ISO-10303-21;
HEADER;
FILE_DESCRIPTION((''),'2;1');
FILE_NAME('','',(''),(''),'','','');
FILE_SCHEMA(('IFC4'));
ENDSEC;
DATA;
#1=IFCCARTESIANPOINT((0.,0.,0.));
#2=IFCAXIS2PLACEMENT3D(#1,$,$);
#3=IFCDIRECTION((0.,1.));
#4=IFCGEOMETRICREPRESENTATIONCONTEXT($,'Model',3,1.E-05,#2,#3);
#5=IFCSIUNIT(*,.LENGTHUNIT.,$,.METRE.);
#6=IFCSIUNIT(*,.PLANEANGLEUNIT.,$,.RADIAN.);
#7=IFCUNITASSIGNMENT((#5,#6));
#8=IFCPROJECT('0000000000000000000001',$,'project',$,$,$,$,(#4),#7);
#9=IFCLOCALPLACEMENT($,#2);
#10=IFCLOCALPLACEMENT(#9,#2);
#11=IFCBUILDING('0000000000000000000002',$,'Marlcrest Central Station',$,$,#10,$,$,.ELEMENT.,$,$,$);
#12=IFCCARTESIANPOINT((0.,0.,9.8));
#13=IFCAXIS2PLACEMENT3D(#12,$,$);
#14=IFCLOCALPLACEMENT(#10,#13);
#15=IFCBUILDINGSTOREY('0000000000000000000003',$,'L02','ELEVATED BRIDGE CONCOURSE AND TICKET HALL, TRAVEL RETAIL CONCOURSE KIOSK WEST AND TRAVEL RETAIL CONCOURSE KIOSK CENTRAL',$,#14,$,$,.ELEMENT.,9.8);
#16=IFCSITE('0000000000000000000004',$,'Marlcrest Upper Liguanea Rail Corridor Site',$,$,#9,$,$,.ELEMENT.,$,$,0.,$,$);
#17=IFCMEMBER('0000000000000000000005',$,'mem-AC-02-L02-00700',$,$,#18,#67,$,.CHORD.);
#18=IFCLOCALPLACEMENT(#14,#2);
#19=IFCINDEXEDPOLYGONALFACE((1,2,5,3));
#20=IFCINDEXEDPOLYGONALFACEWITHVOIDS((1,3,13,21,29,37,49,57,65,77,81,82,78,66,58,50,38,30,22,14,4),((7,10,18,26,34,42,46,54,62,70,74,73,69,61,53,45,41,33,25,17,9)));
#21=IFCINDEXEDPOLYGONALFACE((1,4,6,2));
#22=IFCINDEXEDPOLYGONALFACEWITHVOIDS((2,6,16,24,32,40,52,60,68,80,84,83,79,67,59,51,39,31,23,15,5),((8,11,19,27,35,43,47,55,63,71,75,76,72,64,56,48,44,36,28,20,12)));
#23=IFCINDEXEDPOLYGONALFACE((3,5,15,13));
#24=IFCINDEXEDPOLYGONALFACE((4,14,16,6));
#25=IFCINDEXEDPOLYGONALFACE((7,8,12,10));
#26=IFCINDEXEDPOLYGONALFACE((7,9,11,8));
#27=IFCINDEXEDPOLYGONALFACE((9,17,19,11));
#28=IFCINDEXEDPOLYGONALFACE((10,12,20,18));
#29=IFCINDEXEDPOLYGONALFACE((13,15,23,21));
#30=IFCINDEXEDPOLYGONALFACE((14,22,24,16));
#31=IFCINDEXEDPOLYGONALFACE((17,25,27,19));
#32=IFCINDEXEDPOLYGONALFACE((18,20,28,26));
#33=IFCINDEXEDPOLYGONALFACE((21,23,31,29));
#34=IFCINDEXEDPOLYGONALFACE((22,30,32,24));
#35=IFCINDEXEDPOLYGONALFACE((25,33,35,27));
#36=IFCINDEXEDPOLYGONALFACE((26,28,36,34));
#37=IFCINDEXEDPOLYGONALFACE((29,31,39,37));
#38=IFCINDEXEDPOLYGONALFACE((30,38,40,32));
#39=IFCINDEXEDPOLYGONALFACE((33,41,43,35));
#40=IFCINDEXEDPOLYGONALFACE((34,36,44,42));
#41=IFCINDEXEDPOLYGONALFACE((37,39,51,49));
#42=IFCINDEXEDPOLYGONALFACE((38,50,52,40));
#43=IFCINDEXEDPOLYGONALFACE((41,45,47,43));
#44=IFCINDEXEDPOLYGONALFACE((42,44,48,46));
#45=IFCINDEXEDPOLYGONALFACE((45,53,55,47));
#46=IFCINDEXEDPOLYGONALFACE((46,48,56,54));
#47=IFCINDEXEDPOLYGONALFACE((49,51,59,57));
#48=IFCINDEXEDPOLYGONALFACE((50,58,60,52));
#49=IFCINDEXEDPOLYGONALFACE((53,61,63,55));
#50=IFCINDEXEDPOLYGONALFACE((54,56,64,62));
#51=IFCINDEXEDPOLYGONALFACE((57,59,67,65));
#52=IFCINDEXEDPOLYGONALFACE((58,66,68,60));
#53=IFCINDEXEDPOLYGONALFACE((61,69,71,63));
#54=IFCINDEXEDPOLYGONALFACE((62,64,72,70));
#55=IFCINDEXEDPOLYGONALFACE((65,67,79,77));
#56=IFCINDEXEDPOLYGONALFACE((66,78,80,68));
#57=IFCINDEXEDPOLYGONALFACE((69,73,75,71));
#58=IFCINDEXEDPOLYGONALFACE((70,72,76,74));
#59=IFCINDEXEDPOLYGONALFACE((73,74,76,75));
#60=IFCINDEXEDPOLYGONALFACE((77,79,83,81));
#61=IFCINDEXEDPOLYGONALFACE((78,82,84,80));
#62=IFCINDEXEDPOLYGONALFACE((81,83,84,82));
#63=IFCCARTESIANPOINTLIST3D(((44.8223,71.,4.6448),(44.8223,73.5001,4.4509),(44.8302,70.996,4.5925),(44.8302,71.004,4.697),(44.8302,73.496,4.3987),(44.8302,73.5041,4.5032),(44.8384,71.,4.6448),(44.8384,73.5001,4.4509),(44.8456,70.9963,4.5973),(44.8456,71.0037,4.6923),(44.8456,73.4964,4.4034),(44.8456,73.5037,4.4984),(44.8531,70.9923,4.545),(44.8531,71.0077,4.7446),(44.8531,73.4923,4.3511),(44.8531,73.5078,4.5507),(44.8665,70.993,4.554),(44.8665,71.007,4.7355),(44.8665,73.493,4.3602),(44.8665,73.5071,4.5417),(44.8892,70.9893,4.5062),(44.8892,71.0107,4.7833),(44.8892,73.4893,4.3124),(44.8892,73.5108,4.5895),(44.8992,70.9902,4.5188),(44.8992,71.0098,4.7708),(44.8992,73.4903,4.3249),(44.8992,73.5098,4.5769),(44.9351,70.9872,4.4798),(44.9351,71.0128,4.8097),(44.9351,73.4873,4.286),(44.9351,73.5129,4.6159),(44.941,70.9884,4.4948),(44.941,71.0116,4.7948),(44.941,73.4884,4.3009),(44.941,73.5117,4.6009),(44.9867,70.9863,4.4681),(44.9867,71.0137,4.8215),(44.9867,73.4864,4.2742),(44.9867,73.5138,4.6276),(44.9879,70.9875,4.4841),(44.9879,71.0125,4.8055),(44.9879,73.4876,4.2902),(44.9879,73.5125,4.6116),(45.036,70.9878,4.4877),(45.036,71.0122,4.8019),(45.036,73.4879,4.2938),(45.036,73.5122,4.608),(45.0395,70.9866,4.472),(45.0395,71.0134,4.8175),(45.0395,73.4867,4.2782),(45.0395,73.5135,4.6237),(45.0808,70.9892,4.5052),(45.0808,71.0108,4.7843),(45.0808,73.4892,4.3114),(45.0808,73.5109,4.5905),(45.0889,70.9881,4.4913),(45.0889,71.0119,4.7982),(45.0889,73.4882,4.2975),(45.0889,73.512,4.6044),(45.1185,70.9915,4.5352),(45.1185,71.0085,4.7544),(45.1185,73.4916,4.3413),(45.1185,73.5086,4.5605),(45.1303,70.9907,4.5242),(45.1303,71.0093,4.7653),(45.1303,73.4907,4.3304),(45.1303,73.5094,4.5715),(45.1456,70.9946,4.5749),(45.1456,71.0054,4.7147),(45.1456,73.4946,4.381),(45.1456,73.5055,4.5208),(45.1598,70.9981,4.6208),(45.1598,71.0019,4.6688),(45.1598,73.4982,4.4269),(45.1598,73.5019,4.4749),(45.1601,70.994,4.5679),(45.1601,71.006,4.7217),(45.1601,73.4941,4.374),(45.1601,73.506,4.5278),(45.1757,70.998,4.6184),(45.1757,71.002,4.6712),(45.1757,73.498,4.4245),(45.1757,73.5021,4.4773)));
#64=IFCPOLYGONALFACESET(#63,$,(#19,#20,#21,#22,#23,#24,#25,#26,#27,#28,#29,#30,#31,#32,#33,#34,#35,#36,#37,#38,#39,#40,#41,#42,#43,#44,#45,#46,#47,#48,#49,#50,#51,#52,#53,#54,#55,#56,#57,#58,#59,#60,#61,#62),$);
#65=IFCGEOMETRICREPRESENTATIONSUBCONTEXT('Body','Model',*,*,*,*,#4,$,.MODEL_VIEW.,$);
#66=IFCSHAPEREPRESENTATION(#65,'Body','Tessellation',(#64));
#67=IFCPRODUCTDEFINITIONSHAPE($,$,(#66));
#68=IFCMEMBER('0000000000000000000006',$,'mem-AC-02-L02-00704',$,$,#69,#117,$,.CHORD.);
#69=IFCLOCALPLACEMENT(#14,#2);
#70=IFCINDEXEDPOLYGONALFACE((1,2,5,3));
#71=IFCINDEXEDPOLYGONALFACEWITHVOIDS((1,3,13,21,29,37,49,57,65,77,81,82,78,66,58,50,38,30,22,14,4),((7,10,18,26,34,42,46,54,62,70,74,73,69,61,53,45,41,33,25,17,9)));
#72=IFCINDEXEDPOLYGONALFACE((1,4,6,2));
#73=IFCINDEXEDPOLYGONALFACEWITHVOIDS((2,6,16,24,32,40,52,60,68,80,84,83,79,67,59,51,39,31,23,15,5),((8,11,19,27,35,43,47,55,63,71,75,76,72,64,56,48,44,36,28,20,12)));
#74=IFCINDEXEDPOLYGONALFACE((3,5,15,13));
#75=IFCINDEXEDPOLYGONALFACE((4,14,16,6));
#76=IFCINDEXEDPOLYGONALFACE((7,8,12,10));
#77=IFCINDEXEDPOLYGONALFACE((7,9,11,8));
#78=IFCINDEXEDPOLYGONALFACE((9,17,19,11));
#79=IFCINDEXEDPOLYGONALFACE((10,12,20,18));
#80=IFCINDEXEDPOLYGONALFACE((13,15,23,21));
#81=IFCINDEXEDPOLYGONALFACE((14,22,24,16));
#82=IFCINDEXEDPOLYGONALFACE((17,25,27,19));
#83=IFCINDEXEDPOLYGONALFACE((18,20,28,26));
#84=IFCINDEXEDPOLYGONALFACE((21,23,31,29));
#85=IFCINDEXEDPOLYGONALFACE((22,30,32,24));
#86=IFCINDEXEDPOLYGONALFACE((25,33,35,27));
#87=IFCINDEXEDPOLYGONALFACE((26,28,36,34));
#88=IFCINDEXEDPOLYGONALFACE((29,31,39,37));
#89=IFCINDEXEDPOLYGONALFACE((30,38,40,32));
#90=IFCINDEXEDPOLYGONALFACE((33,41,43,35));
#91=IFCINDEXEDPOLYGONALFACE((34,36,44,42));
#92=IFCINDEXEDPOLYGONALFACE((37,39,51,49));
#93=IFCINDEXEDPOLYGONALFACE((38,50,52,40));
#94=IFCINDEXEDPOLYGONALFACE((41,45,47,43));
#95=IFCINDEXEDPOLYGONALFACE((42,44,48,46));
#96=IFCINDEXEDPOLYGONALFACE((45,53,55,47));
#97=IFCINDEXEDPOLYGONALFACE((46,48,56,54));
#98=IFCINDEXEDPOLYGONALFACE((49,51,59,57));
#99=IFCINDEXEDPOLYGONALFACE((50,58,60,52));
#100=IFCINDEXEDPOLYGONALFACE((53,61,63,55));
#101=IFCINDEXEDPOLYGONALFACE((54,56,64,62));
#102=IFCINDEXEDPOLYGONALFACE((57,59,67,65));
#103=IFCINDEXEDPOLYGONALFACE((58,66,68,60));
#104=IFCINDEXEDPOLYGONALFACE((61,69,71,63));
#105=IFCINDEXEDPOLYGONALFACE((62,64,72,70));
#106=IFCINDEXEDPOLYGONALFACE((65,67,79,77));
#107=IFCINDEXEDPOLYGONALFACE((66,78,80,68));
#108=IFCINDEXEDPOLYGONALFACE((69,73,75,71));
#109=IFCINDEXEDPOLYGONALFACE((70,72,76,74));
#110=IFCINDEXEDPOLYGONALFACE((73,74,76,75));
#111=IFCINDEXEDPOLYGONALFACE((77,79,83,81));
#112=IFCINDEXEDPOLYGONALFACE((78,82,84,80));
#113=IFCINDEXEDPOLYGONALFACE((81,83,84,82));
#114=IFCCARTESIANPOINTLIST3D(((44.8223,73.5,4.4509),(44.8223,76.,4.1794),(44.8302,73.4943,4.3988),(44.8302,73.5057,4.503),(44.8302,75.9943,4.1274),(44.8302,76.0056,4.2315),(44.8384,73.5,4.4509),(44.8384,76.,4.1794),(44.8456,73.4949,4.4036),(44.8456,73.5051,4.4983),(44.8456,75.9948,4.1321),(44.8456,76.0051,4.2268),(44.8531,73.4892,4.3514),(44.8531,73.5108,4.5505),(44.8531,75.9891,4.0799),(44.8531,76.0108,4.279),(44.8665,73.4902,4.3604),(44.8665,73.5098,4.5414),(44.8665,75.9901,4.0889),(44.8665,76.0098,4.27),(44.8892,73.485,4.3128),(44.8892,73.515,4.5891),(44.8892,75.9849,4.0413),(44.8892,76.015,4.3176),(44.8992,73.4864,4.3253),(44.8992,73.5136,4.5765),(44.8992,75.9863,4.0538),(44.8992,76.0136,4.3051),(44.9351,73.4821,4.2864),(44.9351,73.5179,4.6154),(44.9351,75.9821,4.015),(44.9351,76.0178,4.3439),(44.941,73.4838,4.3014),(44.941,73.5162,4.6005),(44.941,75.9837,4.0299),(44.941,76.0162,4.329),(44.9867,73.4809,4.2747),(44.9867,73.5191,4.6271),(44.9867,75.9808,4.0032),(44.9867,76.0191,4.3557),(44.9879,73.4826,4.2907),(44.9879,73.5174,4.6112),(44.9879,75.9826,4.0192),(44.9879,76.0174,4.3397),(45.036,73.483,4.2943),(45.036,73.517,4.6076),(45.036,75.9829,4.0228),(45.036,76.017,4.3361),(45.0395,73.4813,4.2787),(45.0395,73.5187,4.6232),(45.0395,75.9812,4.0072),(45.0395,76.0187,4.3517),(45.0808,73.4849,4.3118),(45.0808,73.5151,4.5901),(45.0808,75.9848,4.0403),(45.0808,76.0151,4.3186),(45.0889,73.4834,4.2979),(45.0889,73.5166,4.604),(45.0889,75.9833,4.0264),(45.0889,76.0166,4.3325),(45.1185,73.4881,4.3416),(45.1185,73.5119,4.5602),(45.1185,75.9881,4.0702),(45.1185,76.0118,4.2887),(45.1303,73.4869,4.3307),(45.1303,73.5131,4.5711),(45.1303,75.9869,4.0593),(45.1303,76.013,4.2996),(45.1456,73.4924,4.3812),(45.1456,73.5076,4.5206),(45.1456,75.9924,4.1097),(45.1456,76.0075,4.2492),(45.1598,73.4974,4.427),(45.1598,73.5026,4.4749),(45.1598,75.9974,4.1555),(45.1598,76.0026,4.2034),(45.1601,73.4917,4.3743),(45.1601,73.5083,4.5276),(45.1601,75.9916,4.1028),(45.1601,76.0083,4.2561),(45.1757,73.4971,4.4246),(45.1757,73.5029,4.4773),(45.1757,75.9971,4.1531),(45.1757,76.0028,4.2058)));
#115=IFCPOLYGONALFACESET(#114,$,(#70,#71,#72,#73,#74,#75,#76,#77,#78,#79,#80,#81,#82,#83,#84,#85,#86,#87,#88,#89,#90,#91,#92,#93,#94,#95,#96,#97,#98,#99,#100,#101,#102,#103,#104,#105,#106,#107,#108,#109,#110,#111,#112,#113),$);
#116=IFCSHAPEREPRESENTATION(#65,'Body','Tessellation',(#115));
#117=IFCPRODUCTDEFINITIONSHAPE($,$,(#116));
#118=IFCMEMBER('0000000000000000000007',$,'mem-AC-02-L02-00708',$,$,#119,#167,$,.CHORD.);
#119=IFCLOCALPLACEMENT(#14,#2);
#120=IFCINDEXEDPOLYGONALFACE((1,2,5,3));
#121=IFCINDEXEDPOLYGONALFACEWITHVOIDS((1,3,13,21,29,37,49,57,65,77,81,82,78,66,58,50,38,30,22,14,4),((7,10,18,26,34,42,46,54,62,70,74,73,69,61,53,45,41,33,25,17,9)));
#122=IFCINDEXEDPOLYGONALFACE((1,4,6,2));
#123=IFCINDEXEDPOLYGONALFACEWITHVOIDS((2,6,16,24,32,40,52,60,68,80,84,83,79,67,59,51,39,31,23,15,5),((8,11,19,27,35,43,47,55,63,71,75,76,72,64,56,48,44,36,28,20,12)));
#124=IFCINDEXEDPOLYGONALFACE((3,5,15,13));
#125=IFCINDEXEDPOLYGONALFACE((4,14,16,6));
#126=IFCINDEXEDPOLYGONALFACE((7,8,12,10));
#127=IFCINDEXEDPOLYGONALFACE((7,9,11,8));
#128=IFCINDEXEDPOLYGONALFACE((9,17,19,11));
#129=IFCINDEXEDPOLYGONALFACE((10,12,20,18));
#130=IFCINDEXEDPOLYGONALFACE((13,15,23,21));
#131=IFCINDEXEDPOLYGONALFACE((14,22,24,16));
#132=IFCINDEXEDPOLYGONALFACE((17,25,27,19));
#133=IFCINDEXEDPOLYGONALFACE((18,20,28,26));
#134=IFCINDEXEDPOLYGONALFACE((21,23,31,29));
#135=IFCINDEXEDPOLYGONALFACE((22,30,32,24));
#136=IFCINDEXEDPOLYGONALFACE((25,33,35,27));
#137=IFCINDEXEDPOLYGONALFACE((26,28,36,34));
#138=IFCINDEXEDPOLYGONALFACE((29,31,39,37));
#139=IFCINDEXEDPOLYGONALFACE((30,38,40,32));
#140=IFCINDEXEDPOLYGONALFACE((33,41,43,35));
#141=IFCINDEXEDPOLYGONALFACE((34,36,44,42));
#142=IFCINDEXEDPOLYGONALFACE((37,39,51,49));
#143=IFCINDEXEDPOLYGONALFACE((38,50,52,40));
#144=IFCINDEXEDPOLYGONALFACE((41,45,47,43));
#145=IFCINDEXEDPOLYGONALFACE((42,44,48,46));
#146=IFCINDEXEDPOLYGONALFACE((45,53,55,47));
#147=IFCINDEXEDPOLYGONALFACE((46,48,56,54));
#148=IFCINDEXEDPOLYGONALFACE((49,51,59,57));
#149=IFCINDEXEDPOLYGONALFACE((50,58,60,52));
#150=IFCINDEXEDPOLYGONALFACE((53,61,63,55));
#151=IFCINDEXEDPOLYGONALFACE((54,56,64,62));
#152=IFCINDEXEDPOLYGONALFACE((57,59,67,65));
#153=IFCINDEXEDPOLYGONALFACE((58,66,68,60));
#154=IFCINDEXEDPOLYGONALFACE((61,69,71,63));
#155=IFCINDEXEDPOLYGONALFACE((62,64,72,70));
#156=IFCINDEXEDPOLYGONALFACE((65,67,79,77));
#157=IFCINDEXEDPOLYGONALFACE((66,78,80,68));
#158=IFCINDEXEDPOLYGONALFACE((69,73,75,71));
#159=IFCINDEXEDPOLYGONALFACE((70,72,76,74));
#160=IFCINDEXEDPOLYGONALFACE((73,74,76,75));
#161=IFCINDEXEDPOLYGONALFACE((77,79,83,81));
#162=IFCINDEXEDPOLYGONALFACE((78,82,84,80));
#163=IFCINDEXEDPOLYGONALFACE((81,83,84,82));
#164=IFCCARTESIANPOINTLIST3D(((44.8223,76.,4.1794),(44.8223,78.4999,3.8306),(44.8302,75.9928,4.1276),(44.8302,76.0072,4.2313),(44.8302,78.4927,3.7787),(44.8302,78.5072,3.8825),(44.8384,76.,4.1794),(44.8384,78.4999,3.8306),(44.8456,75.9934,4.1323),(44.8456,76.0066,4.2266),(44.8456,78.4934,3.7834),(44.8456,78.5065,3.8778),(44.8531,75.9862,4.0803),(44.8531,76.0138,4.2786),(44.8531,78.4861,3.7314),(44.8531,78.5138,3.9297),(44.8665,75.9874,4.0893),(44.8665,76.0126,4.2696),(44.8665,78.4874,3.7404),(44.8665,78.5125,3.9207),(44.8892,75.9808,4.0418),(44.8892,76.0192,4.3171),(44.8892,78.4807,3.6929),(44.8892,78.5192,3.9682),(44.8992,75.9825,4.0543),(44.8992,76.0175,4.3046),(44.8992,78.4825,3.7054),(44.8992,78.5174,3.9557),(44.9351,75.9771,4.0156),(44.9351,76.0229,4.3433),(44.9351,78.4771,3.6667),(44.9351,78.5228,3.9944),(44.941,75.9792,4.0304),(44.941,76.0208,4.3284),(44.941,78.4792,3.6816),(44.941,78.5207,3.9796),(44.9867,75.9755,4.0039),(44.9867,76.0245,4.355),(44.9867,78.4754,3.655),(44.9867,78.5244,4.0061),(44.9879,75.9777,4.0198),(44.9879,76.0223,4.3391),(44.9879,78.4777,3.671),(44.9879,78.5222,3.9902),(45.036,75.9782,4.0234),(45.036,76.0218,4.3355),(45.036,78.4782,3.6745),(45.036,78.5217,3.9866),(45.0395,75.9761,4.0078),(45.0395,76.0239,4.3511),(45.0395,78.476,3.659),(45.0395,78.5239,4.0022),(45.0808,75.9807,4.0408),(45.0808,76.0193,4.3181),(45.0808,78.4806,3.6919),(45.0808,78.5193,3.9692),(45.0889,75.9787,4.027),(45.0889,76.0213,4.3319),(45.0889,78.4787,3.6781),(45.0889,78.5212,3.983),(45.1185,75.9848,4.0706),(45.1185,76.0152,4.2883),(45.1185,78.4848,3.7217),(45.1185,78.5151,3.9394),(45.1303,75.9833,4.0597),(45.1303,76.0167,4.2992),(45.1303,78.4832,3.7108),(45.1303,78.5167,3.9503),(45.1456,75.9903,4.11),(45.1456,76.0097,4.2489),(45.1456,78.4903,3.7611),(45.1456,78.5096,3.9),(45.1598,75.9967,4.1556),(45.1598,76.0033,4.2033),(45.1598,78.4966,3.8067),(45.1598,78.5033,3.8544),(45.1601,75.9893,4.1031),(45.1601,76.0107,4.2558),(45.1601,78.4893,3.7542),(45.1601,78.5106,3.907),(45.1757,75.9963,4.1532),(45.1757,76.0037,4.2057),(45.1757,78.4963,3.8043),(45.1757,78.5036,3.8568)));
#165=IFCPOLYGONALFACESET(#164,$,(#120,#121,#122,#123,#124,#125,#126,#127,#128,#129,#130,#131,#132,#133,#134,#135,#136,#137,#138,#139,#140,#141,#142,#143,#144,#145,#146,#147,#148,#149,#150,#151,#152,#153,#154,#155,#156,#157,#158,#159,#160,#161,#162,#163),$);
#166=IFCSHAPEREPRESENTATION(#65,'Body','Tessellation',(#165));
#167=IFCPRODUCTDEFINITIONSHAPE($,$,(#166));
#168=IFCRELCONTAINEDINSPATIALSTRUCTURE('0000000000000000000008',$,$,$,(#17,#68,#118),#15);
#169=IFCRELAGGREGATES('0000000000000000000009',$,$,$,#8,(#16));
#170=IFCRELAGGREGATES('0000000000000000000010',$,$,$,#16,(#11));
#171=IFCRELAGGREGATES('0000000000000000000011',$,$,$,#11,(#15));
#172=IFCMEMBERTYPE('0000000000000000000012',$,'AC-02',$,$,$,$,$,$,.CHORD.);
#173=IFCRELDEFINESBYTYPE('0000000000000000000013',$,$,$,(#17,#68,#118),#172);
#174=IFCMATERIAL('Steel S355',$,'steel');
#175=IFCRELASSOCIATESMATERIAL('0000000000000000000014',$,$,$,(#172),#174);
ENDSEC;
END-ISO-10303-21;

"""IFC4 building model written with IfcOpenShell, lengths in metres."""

from ifc_helpers import new_model, si_unit, direction, frame, origin, origin_2d, place, context, subcontext, project, spatial, hollow_circle, extrude, material, material_profile, profile_set, type_object, element, save


model = new_model("IFC4")

# Units and contexts
model_context = context("Model", 3, precision=1e-05, world=origin(), true_north=direction((0.0, 1.0)))
body_context = subcontext(model_context, "Body", "Model", "MODEL_VIEW")
ifc_project = project(units=[si_unit("LENGTHUNIT", "METRE"), si_unit("PLANEANGLEUNIT", "RADIAN")], contexts=[model_context])

# Site, building, storey
site_placement = place(None, origin())
site = spatial("IfcSite", under=ifc_project, at=site_placement, Name="Marlcrest Upper Liguanea Rail Corridor Site", CompositionType="ELEMENT", RefElevation=0.0)
building_placement = place(site_placement, origin())
building = spatial("IfcBuilding", under=site, at=building_placement, Name="Marlcrest Central Station", CompositionType="ELEMENT")
storey_placement = place(building_placement, frame((0.0, 0.0, 9.8)))
storey = spatial("IfcBuildingStorey", under=building, at=storey_placement, Name="L02", Description="ELEVATED BRIDGE CONCOURSE AND TICKET HALL, TRAVEL RETAIL CONCOURSE KIOSK WEST AND TRAVEL RETAIL CONCOURSE KIOSK CENTRAL", CompositionType="ELEMENT", Elevation=9.8)

# Members
ifc_material = material(Name="Steel S355", Category="steel")
ifc_material_profile_1 = material_profile(ifc_material, hollow_circle(Radius=0.1777, WallThickness=0.0161, at=origin_2d()), Name="CHS 355.6x16")
ifc_profile_set_1 = profile_set([ifc_material_profile_1], Name="Steel S355")
member_type_1 = type_object("IfcMemberType", Name="AC-02", PredefinedType="CHORD", material=ifc_profile_set_1)
member_1_placement = place(storey_placement, frame((45.0, 71.0, 4.6448), z_axis=(0.0, 0.997007, -0.077307), x_axis=(-1.0, 0.0, 0.0)))
element("IfcMember", 1, at=member_1_placement, inside=storey, type_object=member_type_1, Name="mem-AC-02-L02-00700", PredefinedType="CHORD", context=body_context, shape_type="SweptSolid", body=[
    extrude(hollow_circle(Radius=0.1777, WallThickness=0.0161, at=origin_2d()), origin(), (0.0, 0.0, 1.0), 2.5076),
])
member_2_placement = place(storey_placement, frame((45.0, 73.5, 4.4509), z_axis=(0.0, 0.994155, -0.107959), x_axis=(-1.0, 0.0, 0.0)))
element("IfcMember", 2, at=member_2_placement, inside=storey, type_object=member_type_1, Name="mem-AC-02-L02-00704", PredefinedType="CHORD", context=body_context, shape_type="SweptSolid", body=[
    extrude(hollow_circle(Radius=0.1777, WallThickness=0.0161, at=origin_2d()), origin(), (0.0, 0.0, 1.0), 2.5146),
])
member_3_placement = place(storey_placement, frame((45.0, 76.0, 4.1794), z_axis=(0.0, 0.990403, -0.138211), x_axis=(-1.0, 0.0, 0.0)))
element("IfcMember", 3, at=member_3_placement, inside=storey, type_object=member_type_1, Name="mem-AC-02-L02-00708", PredefinedType="CHORD", context=body_context, shape_type="SweptSolid", body=[
    extrude(hollow_circle(Radius=0.1777, WallThickness=0.0161, at=origin_2d()), origin(), (0.0, 0.0, 1.0), 2.5242),
])

save(model, "model.ifc")
